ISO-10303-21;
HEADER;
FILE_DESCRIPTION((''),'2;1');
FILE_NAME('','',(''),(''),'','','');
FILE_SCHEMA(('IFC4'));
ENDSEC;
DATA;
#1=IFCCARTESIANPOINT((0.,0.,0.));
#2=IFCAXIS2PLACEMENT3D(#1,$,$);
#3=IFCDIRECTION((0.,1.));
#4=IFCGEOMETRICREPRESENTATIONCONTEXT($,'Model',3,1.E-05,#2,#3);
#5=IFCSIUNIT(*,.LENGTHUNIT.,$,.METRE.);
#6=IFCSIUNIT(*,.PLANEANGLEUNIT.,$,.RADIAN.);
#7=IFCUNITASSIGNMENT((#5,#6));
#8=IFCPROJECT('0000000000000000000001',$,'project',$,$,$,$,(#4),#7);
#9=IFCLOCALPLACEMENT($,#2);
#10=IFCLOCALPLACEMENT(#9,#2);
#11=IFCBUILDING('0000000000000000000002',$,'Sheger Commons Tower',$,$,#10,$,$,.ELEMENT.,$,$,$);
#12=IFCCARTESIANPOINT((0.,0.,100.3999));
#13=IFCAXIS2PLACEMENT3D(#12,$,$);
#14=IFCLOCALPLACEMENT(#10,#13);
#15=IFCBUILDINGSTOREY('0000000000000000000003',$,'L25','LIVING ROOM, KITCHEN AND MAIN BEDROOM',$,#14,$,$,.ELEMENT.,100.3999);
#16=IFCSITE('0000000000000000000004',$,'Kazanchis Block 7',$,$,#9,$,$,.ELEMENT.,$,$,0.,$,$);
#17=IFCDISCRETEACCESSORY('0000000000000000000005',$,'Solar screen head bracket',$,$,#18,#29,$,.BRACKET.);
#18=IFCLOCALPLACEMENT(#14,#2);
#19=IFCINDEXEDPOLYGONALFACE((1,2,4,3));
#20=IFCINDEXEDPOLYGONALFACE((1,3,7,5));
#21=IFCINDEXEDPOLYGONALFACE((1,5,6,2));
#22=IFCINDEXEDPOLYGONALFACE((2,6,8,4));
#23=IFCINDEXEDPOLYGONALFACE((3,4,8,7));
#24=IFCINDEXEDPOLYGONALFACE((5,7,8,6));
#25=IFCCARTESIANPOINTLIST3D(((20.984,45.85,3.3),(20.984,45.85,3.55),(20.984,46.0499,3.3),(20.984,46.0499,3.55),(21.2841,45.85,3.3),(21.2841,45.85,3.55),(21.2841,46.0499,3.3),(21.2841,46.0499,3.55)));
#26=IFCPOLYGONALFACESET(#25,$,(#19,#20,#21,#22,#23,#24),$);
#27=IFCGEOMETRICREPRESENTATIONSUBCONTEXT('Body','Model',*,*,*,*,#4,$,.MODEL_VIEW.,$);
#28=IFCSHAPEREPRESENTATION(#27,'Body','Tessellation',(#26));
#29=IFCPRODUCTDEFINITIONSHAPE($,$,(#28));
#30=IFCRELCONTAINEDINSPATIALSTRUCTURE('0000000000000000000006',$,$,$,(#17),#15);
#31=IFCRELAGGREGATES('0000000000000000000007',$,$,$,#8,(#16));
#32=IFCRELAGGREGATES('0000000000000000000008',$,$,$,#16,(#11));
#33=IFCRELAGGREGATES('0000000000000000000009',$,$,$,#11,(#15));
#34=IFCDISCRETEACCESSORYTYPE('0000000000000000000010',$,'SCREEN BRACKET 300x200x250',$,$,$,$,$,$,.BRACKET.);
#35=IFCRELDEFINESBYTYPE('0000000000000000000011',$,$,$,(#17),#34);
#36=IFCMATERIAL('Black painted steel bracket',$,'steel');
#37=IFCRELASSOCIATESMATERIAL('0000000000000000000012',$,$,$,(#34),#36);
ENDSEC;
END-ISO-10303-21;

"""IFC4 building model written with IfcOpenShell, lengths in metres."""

from ifc_helpers import new_model, si_unit, direction, frame, origin, origin_2d, place, context, subcontext, project, spatial, rectangle, extrude, material, type_object, element, save


model = new_model("IFC4")

# Units and contexts
model_context = context("Model", 3, precision=1e-05, world=origin(), true_north=direction((0.0, 1.0)))
body_context = subcontext(model_context, "Body", "Model", "MODEL_VIEW")
ifc_project = project(units=[si_unit("LENGTHUNIT", "METRE"), si_unit("PLANEANGLEUNIT", "RADIAN")], contexts=[model_context])

# Site, building, storey
site_placement = place(None, origin())
site = spatial("IfcSite", under=ifc_project, at=site_placement, Name="Kazanchis Block 7", CompositionType="ELEMENT", RefElevation=0.0)
building_placement = place(site_placement, origin())
building = spatial("IfcBuilding", under=site, at=building_placement, Name="Sheger Commons Tower", CompositionType="ELEMENT")
storey_placement = place(building_placement, frame((0.0, 0.0, 100.3999)))
storey = spatial("IfcBuildingStorey", under=building, at=storey_placement, Name="L25", Description="LIVING ROOM, KITCHEN AND MAIN BEDROOM", CompositionType="ELEMENT", Elevation=100.3999)

# Discrete accessory
ifc_material_1 = material(Name="Black painted steel bracket", Category="steel")
discrete_accessory_type = type_object("IfcDiscreteAccessoryType", Name="SCREEN BRACKET 300x200x250", PredefinedType="BRACKET", material=ifc_material_1)
for number, where, z_axis, x_axis, name in (
    (1, (21.134, 45.95, 3.3), (0.0, 0.0, 1.0), (-1.0, 0.0, 0.0), "Solar screen head bracket"),
):
    element("IfcDiscreteAccessory", number, at=place(storey_placement, frame(where, z_axis=z_axis, x_axis=x_axis)), inside=storey, type_object=discrete_accessory_type, Name=name, PredefinedType="BRACKET", context=body_context, shape_type="SweptSolid", body=[
        extrude(rectangle(XDim=0.3, YDim=0.2, at=origin_2d()), origin(), (0.0, 0.0, 1.0), 0.25),
    ])

save(model, "model.ifc")
